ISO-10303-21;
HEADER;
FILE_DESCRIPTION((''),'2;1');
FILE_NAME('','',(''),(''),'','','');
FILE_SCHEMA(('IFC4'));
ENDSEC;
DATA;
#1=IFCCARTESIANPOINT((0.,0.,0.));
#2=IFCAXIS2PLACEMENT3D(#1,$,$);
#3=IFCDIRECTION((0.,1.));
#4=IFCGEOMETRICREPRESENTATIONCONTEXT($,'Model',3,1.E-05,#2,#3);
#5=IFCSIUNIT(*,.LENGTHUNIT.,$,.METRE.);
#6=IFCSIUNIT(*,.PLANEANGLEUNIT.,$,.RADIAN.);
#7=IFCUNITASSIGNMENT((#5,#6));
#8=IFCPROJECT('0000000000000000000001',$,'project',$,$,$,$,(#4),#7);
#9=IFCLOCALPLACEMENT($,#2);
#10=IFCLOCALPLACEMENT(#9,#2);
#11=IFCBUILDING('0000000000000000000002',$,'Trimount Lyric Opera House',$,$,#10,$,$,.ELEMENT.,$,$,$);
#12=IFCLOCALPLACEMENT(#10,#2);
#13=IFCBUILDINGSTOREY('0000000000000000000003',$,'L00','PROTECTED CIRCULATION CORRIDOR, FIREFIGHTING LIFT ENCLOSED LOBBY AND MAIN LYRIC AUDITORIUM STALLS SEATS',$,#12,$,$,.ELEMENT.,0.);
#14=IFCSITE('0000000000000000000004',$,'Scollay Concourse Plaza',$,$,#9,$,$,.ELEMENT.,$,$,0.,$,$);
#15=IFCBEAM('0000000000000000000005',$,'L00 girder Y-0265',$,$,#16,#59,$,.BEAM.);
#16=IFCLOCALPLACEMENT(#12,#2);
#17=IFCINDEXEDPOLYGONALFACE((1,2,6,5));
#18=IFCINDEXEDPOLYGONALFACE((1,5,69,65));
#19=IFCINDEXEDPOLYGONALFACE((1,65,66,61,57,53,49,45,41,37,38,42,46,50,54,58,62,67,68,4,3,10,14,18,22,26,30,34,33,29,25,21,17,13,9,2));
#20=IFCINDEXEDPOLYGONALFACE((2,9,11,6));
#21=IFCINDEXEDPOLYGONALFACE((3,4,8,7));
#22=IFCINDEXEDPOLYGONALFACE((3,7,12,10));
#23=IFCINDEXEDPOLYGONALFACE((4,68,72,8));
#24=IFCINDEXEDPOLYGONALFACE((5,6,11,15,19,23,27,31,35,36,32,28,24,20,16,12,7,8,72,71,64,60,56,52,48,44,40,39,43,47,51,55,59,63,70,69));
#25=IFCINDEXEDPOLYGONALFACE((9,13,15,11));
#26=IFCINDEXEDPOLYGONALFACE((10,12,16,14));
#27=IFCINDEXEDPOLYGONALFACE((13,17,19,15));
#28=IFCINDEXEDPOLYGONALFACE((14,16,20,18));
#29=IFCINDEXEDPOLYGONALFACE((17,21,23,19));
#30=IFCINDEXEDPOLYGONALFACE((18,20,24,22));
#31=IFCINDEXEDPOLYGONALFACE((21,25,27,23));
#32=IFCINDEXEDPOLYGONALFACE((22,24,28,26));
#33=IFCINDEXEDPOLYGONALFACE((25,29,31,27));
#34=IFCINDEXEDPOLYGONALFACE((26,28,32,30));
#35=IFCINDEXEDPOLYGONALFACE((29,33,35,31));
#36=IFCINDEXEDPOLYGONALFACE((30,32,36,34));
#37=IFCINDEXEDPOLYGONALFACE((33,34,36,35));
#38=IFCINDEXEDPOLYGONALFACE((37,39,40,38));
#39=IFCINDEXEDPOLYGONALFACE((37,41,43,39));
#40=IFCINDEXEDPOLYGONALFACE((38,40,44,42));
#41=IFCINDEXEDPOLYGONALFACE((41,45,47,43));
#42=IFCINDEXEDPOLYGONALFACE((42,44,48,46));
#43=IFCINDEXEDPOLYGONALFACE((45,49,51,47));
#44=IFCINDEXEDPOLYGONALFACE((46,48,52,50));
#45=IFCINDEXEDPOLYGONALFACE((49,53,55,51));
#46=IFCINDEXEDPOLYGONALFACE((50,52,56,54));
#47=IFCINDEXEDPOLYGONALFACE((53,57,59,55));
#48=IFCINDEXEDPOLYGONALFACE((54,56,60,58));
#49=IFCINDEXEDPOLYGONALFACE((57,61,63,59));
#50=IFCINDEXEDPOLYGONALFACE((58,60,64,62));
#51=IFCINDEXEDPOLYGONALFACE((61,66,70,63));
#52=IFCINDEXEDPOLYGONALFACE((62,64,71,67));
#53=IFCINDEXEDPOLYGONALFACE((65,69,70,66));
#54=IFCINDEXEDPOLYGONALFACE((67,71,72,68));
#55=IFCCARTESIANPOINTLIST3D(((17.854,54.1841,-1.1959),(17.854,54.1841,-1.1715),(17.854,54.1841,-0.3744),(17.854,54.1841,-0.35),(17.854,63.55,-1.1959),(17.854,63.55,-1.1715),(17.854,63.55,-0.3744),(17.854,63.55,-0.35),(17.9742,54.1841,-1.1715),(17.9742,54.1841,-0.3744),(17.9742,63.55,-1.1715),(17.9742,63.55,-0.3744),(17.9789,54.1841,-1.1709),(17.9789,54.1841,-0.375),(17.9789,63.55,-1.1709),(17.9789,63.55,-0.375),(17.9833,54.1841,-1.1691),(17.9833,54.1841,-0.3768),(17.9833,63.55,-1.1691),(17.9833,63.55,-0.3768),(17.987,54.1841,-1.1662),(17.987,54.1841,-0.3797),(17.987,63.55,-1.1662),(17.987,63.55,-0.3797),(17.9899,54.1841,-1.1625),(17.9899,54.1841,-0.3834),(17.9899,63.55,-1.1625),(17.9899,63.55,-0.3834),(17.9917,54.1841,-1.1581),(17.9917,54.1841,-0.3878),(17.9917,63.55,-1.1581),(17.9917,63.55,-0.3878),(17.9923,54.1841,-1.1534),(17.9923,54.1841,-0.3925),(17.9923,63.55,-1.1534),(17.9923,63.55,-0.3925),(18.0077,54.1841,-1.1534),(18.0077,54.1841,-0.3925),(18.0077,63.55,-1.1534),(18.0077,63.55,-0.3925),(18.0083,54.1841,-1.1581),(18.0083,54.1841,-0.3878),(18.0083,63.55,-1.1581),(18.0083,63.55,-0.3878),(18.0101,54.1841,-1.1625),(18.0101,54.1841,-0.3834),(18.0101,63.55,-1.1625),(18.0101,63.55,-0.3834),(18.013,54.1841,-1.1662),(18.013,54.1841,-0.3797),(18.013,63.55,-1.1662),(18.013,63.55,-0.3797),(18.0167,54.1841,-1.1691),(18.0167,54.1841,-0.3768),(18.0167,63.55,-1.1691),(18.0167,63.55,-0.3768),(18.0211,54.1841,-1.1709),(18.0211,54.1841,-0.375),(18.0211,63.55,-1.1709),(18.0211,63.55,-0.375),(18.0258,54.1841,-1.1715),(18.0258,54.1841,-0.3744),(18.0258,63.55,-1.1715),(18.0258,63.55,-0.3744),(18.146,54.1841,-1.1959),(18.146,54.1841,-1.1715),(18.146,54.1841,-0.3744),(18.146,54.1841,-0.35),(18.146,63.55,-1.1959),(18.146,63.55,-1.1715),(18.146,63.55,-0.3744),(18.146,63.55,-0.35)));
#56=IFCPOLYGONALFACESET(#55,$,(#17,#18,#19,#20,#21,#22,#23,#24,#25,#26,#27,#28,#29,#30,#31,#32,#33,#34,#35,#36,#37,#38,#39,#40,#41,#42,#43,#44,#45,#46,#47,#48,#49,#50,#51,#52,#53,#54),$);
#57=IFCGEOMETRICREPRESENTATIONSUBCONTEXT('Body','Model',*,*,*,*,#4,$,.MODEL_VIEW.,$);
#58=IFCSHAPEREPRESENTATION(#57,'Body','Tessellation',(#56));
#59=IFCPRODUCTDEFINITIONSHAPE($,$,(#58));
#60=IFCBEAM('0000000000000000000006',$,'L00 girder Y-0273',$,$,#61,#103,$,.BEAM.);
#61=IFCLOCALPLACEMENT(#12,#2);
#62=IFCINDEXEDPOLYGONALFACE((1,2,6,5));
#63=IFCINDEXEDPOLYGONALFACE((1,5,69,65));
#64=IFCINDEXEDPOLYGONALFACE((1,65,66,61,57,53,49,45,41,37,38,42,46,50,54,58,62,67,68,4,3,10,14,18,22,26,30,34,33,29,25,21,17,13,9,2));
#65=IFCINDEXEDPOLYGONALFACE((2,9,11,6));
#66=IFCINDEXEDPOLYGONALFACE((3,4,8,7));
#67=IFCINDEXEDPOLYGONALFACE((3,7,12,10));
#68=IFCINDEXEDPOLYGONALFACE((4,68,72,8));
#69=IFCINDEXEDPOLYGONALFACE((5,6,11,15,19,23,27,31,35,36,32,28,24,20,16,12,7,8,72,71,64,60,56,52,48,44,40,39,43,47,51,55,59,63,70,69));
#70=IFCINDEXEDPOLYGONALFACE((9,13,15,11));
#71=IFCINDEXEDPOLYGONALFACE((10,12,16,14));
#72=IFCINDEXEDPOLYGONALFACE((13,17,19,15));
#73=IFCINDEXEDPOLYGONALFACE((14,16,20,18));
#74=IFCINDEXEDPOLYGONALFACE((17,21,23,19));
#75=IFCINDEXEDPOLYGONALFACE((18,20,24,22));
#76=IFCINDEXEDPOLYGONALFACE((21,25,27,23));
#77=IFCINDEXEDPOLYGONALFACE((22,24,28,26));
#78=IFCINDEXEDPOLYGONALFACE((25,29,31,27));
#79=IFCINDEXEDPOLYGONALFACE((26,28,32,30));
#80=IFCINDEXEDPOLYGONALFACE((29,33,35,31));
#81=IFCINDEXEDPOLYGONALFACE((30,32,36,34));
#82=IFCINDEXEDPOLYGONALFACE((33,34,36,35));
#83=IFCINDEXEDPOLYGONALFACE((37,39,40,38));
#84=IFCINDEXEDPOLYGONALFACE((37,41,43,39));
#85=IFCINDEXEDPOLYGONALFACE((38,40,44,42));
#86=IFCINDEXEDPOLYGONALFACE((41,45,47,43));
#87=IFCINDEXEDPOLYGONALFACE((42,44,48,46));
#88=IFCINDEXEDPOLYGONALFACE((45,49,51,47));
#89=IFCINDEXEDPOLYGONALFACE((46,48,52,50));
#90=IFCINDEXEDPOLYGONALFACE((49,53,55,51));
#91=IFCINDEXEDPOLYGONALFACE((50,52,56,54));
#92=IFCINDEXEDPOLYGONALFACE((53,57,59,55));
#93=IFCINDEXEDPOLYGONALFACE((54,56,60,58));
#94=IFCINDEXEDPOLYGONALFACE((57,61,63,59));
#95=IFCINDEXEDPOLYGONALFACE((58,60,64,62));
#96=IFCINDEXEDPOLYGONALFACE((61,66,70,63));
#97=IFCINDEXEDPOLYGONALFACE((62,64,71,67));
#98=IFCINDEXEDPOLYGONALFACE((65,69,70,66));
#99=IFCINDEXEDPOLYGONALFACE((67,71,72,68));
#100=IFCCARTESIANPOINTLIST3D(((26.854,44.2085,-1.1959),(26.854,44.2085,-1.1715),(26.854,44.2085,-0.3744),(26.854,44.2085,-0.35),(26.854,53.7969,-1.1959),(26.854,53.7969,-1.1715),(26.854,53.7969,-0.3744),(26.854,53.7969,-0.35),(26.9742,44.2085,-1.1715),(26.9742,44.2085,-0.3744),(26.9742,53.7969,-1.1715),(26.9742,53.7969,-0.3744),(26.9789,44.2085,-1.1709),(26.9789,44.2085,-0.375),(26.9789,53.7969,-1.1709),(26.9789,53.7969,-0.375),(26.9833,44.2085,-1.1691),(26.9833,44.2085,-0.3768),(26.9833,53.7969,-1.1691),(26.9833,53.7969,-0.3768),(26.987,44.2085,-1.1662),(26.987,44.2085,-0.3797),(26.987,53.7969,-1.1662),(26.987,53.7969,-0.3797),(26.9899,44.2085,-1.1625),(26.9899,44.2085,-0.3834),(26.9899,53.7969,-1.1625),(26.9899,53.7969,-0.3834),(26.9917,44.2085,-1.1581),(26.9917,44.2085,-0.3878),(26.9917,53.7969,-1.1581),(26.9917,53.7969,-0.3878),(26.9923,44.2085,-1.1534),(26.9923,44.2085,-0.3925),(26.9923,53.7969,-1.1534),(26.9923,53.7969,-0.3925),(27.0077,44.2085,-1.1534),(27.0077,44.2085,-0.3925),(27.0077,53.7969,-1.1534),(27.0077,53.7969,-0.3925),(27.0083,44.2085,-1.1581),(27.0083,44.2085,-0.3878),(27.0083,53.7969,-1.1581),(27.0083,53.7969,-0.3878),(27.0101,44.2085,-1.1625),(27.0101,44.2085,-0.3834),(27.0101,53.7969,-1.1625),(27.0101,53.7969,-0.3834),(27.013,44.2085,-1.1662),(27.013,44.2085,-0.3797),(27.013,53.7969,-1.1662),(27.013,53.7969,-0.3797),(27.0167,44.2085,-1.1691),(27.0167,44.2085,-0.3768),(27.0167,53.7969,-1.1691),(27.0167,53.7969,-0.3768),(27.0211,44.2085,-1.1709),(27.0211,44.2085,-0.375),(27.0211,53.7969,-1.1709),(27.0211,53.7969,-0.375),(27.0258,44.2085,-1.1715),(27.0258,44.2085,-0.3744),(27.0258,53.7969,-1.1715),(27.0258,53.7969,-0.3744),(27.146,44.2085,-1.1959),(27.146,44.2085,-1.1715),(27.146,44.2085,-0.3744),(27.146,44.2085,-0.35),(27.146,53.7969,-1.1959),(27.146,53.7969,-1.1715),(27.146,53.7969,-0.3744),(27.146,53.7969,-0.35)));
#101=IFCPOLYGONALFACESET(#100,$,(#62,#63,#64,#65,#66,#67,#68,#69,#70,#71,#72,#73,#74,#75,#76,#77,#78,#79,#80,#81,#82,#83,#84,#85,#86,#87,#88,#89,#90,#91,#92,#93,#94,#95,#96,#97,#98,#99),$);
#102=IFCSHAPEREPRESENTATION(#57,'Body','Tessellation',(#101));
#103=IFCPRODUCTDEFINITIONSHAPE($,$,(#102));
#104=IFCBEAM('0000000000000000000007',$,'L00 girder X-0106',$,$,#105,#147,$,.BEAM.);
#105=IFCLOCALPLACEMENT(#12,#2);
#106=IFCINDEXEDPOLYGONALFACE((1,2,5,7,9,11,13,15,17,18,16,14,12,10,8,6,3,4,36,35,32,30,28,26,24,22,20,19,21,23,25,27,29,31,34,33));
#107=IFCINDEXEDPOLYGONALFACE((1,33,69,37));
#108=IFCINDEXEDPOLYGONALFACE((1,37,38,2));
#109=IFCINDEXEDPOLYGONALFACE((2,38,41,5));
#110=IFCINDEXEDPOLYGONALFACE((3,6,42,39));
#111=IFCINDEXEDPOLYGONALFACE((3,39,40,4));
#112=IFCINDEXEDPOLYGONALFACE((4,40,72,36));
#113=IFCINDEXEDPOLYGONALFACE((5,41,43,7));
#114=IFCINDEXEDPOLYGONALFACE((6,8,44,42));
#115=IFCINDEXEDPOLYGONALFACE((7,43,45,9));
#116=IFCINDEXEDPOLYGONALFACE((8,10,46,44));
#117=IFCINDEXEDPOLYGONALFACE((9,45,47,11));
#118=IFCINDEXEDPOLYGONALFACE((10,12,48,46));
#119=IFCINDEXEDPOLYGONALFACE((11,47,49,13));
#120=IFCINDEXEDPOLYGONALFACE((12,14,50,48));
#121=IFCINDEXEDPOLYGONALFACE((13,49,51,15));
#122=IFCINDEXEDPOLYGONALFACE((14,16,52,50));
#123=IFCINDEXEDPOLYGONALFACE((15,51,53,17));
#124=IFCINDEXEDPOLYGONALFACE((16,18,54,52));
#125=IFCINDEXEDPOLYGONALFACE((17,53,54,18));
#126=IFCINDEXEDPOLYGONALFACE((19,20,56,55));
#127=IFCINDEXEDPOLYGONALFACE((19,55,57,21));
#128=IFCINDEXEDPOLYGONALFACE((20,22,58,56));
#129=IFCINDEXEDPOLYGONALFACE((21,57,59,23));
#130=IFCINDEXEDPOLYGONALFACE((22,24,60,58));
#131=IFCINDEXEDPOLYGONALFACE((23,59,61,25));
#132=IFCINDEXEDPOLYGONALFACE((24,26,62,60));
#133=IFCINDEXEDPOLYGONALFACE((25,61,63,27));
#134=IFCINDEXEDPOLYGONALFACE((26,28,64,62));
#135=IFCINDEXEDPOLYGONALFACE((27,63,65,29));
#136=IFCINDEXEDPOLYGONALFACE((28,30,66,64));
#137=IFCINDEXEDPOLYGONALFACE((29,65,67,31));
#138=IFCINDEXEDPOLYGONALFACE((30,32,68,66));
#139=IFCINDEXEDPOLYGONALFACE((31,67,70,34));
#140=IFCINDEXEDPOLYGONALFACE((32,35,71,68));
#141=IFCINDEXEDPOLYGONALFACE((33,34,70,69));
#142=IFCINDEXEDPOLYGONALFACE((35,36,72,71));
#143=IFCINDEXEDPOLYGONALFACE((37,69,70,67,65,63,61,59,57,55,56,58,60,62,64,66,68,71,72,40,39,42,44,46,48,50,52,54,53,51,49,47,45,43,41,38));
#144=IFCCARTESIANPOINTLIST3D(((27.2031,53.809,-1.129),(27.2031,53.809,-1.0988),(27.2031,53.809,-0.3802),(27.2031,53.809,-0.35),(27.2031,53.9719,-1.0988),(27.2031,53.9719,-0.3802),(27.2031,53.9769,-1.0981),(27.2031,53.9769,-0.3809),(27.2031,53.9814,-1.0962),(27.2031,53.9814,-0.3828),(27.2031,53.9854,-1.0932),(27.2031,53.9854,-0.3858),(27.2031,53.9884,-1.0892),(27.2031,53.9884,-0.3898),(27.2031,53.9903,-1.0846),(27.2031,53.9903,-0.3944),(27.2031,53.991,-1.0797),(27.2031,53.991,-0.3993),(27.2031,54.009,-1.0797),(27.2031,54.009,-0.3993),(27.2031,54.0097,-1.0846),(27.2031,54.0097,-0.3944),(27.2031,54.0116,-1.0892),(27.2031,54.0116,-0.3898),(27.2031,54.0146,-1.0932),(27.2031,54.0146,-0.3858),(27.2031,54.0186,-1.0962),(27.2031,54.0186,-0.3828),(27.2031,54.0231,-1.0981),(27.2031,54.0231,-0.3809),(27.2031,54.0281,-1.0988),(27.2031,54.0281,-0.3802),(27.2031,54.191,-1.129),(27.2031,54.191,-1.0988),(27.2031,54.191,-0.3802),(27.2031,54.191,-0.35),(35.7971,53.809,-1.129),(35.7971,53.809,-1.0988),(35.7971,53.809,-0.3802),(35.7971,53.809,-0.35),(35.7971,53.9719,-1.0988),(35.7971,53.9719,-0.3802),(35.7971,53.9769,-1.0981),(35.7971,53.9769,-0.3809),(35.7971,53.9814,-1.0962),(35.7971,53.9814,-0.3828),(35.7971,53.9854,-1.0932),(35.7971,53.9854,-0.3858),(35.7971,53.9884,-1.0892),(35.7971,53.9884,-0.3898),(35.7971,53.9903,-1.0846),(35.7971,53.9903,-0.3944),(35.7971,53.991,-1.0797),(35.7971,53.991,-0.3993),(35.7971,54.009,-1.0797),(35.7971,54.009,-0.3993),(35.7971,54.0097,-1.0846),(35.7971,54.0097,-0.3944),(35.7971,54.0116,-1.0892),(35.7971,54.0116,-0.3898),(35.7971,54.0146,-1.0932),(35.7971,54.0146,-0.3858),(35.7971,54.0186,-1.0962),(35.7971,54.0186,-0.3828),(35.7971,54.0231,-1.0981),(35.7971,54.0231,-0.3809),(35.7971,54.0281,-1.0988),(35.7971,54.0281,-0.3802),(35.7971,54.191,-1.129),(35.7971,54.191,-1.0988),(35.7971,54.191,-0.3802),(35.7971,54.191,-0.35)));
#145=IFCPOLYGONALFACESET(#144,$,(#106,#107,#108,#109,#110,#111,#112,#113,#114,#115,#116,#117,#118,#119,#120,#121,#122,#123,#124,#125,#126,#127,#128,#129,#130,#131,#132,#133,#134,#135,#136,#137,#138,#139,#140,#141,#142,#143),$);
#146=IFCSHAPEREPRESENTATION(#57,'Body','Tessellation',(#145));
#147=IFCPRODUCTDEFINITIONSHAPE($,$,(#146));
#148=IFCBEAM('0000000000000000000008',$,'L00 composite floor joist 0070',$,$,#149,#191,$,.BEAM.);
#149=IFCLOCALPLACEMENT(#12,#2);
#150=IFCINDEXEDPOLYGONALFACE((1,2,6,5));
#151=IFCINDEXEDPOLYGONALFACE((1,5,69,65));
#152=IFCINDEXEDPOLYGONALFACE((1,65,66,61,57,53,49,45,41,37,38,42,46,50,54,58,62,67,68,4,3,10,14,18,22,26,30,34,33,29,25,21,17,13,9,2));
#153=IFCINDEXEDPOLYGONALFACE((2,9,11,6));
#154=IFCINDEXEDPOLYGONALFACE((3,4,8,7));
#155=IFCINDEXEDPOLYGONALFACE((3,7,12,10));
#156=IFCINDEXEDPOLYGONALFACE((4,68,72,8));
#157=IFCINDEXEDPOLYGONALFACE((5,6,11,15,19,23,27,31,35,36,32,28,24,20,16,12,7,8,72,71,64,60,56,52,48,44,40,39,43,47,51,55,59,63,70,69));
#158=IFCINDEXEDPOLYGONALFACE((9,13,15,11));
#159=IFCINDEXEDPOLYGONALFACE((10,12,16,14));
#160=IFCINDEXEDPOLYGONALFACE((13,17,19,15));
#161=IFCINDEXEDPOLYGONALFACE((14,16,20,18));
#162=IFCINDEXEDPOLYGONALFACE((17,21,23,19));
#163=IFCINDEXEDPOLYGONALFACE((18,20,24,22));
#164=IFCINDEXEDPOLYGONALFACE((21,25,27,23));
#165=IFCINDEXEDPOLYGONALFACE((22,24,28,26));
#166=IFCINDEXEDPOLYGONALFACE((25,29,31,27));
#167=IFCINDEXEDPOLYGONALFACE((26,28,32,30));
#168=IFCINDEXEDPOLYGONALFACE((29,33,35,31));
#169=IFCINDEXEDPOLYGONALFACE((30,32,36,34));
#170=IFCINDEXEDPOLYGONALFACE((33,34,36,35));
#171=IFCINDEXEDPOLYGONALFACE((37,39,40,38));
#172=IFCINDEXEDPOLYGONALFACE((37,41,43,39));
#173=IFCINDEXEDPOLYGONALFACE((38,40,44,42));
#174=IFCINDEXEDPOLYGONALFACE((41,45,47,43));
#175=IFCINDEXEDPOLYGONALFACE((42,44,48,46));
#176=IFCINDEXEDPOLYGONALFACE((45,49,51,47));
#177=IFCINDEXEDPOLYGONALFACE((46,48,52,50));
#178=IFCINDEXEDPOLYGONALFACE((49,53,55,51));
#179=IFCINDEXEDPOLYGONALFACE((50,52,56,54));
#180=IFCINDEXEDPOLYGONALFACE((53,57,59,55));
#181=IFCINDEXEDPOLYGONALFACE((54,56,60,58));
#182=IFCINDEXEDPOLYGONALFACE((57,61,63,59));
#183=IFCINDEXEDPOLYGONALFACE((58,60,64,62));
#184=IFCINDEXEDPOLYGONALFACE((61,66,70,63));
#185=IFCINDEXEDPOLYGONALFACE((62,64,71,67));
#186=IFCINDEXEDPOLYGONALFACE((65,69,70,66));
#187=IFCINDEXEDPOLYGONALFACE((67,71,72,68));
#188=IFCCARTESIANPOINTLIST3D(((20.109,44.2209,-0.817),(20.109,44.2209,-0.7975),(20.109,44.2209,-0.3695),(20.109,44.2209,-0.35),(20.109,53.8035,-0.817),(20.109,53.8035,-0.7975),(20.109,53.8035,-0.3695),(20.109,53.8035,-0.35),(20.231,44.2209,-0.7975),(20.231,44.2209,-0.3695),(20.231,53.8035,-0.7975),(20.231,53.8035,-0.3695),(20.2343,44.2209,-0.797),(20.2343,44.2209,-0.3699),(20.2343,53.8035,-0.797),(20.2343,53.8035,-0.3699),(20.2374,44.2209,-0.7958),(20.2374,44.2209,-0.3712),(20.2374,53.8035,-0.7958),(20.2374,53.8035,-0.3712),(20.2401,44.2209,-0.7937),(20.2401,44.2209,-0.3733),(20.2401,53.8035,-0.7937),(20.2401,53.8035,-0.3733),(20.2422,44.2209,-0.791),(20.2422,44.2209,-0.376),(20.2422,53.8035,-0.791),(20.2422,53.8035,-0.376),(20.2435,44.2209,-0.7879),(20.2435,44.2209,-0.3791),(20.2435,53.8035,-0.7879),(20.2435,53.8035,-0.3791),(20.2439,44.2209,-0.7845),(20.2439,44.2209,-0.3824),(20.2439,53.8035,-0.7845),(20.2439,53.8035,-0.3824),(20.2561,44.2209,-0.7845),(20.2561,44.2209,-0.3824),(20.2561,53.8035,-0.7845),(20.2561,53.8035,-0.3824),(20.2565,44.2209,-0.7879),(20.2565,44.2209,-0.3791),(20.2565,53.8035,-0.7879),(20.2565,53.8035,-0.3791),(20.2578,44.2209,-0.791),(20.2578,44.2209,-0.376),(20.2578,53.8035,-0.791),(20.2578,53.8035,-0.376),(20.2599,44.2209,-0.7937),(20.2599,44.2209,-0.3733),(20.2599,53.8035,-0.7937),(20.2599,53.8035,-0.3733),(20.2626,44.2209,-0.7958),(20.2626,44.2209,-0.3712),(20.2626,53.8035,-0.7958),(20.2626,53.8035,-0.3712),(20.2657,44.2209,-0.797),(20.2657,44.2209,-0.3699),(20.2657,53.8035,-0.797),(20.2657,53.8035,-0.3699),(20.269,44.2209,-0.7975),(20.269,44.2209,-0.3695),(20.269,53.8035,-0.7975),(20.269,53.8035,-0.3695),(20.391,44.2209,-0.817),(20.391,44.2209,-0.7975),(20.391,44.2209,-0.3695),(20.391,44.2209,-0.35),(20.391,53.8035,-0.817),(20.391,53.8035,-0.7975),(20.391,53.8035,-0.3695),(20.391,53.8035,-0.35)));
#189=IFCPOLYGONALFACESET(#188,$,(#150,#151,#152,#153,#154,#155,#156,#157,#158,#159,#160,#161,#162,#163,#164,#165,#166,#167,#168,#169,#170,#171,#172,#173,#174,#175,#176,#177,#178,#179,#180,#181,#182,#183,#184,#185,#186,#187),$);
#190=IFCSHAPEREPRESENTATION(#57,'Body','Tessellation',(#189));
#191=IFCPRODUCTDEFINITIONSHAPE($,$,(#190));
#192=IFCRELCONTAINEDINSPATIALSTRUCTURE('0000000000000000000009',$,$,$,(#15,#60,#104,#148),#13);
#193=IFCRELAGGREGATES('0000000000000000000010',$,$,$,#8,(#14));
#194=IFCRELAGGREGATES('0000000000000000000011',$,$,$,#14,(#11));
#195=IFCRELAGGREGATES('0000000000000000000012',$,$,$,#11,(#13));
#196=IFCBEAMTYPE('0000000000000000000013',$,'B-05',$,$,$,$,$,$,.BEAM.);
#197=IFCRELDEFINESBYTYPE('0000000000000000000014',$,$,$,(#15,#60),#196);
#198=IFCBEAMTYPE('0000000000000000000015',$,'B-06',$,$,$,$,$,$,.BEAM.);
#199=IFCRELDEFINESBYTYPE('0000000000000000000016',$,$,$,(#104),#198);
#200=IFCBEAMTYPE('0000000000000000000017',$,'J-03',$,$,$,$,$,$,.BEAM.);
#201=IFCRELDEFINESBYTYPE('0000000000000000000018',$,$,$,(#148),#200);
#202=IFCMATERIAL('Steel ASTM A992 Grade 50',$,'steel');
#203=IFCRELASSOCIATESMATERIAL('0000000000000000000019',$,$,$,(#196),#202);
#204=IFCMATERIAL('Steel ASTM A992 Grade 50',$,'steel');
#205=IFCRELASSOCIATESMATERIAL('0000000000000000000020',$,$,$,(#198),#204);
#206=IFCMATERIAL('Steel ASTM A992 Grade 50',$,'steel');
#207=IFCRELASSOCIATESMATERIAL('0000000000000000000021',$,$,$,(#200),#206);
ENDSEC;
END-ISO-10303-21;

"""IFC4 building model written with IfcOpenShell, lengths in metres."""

from ifc_helpers import new_model, si_unit, direction, frame, origin, origin_2d, place, context, subcontext, project, spatial, i_section, extrude, material, material_profile, profile_set, type_object, element, save


model = new_model("IFC4")

# Units and contexts
model_context = context("Model", 3, precision=1e-05, world=origin(), true_north=direction((0.0, 1.0)))
body_context = subcontext(model_context, "Body", "Model", "MODEL_VIEW")
ifc_project = project(units=[si_unit("LENGTHUNIT", "METRE"), si_unit("PLANEANGLEUNIT", "RADIAN")], contexts=[model_context])

# Site, building, storey
site_placement = place(None, origin())
site = spatial("IfcSite", under=ifc_project, at=site_placement, Name="Scollay Concourse Plaza", CompositionType="ELEMENT", RefElevation=0.0)
building_placement = place(site_placement, origin())
building = spatial("IfcBuilding", under=site, at=building_placement, Name="Trimount Lyric Opera House", CompositionType="ELEMENT")
storey_placement = place(building_placement, origin())
storey = spatial("IfcBuildingStorey", under=building, at=storey_placement, Name="L00", Description="PROTECTED CIRCULATION CORRIDOR, FIREFIGHTING LIFT ENCLOSED LOBBY AND MAIN LYRIC AUDITORIUM STALLS SEATS", CompositionType="ELEMENT", Elevation=0.0)

# Beams
ifc_material_1 = material(Name="Steel ASTM A992 Grade 50", Category="steel")
ifc_material_profile_1 = material_profile(ifc_material_1, i_section(OverallWidth=0.292, OverallDepth=0.8459, WebThickness=0.0154, FlangeThickness=0.0244, FilletRadius=0.0181, at=origin_2d()), Name="W33X141")
ifc_profile_set_1 = profile_set([ifc_material_profile_1], Name="Steel ASTM A992 Grade 50")
beam_type_1 = type_object("IfcBeamType", Name="B-05", PredefinedType="BEAM", material=ifc_profile_set_1)
beam_1_placement = place(storey_placement, frame((18.0, 54.1841, -0.7729), z_axis=(0.0, 1.0, 0.0), x_axis=(-1.0, 0.0, 0.0)))
element("IfcBeam", 1, at=beam_1_placement, inside=storey, type_object=beam_type_1, Name="L00 girder Y-0265", PredefinedType="BEAM", context=body_context, shape_type="SweptSolid", body=[
    extrude(i_section(OverallWidth=0.292, OverallDepth=0.8459, WebThickness=0.0154, FlangeThickness=0.0244, FilletRadius=0.0181, at=origin_2d()), origin(), (0.0, 0.0, 1.0), 9.366),
])
beam_2_placement = place(storey_placement, frame((27.0, 44.2085, -0.7729), z_axis=(0.0, 1.0, 0.0), x_axis=(-1.0, 0.0, 0.0)))
element("IfcBeam", 2, at=beam_2_placement, inside=storey, type_object=beam_type_1, Name="L00 girder Y-0273", PredefinedType="BEAM", context=body_context, shape_type="SweptSolid", body=[
    extrude(i_section(OverallWidth=0.292, OverallDepth=0.8459, WebThickness=0.0154, FlangeThickness=0.0244, FilletRadius=0.0181, at=origin_2d()), origin(), (0.0, 0.0, 1.0), 9.5884),
])
ifc_material_2 = material(Name="Steel ASTM A992 Grade 50", Category="steel")
ifc_material_profile_2 = material_profile(ifc_material_2, i_section(OverallWidth=0.3821, OverallDepth=0.7791, WebThickness=0.0181, FlangeThickness=0.0303, FilletRadius=0.019, at=origin_2d()), Name="W30X191")
ifc_profile_set_2 = profile_set([ifc_material_profile_2], Name="Steel ASTM A992 Grade 50")
beam_type_2 = type_object("IfcBeamType", Name="B-06", PredefinedType="BEAM", material=ifc_profile_set_2)
beam_3_placement = place(storey_placement, frame((27.2031, 54.0, -0.7395), z_axis=(1.0, 0.0, 0.0), x_axis=(0.0, 1.0, 0.0)))
element("IfcBeam", 3, at=beam_3_placement, inside=storey, type_object=beam_type_2, Name="L00 girder X-0106", PredefinedType="BEAM", context=body_context, shape_type="SweptSolid", body=[
    extrude(i_section(OverallWidth=0.3821, OverallDepth=0.7791, WebThickness=0.0181, FlangeThickness=0.0303, FilletRadius=0.019, at=origin_2d()), origin(), (0.0, 0.0, 1.0), 8.594),
])
ifc_material_3 = material(Name="Steel ASTM A992 Grade 50", Category="steel")
ifc_material_profile_3 = material_profile(ifc_material_3, i_section(OverallWidth=0.282, OverallDepth=0.467, WebThickness=0.0122, FlangeThickness=0.0195, FilletRadius=0.0129, at=origin_2d()), Name="W18X86")
ifc_profile_set_3 = profile_set([ifc_material_profile_3], Name="Steel ASTM A992 Grade 50")
beam_type_3 = type_object("IfcBeamType", Name="J-03", PredefinedType="BEAM", material=ifc_profile_set_3)
beam_4_placement = place(storey_placement, frame((20.25, 44.2209, -0.5835), z_axis=(0.0, 1.0, 0.0), x_axis=(-1.0, 0.0, 0.0)))
element("IfcBeam", 4, at=beam_4_placement, inside=storey, type_object=beam_type_3, Name="L00 composite floor joist 0070", PredefinedType="BEAM", context=body_context, shape_type="SweptSolid", body=[
    extrude(i_section(OverallWidth=0.282, OverallDepth=0.467, WebThickness=0.0122, FlangeThickness=0.0195, FilletRadius=0.0129, at=origin_2d()), origin(), (0.0, 0.0, 1.0), 9.5825),
])

save(model, "model.ifc")
